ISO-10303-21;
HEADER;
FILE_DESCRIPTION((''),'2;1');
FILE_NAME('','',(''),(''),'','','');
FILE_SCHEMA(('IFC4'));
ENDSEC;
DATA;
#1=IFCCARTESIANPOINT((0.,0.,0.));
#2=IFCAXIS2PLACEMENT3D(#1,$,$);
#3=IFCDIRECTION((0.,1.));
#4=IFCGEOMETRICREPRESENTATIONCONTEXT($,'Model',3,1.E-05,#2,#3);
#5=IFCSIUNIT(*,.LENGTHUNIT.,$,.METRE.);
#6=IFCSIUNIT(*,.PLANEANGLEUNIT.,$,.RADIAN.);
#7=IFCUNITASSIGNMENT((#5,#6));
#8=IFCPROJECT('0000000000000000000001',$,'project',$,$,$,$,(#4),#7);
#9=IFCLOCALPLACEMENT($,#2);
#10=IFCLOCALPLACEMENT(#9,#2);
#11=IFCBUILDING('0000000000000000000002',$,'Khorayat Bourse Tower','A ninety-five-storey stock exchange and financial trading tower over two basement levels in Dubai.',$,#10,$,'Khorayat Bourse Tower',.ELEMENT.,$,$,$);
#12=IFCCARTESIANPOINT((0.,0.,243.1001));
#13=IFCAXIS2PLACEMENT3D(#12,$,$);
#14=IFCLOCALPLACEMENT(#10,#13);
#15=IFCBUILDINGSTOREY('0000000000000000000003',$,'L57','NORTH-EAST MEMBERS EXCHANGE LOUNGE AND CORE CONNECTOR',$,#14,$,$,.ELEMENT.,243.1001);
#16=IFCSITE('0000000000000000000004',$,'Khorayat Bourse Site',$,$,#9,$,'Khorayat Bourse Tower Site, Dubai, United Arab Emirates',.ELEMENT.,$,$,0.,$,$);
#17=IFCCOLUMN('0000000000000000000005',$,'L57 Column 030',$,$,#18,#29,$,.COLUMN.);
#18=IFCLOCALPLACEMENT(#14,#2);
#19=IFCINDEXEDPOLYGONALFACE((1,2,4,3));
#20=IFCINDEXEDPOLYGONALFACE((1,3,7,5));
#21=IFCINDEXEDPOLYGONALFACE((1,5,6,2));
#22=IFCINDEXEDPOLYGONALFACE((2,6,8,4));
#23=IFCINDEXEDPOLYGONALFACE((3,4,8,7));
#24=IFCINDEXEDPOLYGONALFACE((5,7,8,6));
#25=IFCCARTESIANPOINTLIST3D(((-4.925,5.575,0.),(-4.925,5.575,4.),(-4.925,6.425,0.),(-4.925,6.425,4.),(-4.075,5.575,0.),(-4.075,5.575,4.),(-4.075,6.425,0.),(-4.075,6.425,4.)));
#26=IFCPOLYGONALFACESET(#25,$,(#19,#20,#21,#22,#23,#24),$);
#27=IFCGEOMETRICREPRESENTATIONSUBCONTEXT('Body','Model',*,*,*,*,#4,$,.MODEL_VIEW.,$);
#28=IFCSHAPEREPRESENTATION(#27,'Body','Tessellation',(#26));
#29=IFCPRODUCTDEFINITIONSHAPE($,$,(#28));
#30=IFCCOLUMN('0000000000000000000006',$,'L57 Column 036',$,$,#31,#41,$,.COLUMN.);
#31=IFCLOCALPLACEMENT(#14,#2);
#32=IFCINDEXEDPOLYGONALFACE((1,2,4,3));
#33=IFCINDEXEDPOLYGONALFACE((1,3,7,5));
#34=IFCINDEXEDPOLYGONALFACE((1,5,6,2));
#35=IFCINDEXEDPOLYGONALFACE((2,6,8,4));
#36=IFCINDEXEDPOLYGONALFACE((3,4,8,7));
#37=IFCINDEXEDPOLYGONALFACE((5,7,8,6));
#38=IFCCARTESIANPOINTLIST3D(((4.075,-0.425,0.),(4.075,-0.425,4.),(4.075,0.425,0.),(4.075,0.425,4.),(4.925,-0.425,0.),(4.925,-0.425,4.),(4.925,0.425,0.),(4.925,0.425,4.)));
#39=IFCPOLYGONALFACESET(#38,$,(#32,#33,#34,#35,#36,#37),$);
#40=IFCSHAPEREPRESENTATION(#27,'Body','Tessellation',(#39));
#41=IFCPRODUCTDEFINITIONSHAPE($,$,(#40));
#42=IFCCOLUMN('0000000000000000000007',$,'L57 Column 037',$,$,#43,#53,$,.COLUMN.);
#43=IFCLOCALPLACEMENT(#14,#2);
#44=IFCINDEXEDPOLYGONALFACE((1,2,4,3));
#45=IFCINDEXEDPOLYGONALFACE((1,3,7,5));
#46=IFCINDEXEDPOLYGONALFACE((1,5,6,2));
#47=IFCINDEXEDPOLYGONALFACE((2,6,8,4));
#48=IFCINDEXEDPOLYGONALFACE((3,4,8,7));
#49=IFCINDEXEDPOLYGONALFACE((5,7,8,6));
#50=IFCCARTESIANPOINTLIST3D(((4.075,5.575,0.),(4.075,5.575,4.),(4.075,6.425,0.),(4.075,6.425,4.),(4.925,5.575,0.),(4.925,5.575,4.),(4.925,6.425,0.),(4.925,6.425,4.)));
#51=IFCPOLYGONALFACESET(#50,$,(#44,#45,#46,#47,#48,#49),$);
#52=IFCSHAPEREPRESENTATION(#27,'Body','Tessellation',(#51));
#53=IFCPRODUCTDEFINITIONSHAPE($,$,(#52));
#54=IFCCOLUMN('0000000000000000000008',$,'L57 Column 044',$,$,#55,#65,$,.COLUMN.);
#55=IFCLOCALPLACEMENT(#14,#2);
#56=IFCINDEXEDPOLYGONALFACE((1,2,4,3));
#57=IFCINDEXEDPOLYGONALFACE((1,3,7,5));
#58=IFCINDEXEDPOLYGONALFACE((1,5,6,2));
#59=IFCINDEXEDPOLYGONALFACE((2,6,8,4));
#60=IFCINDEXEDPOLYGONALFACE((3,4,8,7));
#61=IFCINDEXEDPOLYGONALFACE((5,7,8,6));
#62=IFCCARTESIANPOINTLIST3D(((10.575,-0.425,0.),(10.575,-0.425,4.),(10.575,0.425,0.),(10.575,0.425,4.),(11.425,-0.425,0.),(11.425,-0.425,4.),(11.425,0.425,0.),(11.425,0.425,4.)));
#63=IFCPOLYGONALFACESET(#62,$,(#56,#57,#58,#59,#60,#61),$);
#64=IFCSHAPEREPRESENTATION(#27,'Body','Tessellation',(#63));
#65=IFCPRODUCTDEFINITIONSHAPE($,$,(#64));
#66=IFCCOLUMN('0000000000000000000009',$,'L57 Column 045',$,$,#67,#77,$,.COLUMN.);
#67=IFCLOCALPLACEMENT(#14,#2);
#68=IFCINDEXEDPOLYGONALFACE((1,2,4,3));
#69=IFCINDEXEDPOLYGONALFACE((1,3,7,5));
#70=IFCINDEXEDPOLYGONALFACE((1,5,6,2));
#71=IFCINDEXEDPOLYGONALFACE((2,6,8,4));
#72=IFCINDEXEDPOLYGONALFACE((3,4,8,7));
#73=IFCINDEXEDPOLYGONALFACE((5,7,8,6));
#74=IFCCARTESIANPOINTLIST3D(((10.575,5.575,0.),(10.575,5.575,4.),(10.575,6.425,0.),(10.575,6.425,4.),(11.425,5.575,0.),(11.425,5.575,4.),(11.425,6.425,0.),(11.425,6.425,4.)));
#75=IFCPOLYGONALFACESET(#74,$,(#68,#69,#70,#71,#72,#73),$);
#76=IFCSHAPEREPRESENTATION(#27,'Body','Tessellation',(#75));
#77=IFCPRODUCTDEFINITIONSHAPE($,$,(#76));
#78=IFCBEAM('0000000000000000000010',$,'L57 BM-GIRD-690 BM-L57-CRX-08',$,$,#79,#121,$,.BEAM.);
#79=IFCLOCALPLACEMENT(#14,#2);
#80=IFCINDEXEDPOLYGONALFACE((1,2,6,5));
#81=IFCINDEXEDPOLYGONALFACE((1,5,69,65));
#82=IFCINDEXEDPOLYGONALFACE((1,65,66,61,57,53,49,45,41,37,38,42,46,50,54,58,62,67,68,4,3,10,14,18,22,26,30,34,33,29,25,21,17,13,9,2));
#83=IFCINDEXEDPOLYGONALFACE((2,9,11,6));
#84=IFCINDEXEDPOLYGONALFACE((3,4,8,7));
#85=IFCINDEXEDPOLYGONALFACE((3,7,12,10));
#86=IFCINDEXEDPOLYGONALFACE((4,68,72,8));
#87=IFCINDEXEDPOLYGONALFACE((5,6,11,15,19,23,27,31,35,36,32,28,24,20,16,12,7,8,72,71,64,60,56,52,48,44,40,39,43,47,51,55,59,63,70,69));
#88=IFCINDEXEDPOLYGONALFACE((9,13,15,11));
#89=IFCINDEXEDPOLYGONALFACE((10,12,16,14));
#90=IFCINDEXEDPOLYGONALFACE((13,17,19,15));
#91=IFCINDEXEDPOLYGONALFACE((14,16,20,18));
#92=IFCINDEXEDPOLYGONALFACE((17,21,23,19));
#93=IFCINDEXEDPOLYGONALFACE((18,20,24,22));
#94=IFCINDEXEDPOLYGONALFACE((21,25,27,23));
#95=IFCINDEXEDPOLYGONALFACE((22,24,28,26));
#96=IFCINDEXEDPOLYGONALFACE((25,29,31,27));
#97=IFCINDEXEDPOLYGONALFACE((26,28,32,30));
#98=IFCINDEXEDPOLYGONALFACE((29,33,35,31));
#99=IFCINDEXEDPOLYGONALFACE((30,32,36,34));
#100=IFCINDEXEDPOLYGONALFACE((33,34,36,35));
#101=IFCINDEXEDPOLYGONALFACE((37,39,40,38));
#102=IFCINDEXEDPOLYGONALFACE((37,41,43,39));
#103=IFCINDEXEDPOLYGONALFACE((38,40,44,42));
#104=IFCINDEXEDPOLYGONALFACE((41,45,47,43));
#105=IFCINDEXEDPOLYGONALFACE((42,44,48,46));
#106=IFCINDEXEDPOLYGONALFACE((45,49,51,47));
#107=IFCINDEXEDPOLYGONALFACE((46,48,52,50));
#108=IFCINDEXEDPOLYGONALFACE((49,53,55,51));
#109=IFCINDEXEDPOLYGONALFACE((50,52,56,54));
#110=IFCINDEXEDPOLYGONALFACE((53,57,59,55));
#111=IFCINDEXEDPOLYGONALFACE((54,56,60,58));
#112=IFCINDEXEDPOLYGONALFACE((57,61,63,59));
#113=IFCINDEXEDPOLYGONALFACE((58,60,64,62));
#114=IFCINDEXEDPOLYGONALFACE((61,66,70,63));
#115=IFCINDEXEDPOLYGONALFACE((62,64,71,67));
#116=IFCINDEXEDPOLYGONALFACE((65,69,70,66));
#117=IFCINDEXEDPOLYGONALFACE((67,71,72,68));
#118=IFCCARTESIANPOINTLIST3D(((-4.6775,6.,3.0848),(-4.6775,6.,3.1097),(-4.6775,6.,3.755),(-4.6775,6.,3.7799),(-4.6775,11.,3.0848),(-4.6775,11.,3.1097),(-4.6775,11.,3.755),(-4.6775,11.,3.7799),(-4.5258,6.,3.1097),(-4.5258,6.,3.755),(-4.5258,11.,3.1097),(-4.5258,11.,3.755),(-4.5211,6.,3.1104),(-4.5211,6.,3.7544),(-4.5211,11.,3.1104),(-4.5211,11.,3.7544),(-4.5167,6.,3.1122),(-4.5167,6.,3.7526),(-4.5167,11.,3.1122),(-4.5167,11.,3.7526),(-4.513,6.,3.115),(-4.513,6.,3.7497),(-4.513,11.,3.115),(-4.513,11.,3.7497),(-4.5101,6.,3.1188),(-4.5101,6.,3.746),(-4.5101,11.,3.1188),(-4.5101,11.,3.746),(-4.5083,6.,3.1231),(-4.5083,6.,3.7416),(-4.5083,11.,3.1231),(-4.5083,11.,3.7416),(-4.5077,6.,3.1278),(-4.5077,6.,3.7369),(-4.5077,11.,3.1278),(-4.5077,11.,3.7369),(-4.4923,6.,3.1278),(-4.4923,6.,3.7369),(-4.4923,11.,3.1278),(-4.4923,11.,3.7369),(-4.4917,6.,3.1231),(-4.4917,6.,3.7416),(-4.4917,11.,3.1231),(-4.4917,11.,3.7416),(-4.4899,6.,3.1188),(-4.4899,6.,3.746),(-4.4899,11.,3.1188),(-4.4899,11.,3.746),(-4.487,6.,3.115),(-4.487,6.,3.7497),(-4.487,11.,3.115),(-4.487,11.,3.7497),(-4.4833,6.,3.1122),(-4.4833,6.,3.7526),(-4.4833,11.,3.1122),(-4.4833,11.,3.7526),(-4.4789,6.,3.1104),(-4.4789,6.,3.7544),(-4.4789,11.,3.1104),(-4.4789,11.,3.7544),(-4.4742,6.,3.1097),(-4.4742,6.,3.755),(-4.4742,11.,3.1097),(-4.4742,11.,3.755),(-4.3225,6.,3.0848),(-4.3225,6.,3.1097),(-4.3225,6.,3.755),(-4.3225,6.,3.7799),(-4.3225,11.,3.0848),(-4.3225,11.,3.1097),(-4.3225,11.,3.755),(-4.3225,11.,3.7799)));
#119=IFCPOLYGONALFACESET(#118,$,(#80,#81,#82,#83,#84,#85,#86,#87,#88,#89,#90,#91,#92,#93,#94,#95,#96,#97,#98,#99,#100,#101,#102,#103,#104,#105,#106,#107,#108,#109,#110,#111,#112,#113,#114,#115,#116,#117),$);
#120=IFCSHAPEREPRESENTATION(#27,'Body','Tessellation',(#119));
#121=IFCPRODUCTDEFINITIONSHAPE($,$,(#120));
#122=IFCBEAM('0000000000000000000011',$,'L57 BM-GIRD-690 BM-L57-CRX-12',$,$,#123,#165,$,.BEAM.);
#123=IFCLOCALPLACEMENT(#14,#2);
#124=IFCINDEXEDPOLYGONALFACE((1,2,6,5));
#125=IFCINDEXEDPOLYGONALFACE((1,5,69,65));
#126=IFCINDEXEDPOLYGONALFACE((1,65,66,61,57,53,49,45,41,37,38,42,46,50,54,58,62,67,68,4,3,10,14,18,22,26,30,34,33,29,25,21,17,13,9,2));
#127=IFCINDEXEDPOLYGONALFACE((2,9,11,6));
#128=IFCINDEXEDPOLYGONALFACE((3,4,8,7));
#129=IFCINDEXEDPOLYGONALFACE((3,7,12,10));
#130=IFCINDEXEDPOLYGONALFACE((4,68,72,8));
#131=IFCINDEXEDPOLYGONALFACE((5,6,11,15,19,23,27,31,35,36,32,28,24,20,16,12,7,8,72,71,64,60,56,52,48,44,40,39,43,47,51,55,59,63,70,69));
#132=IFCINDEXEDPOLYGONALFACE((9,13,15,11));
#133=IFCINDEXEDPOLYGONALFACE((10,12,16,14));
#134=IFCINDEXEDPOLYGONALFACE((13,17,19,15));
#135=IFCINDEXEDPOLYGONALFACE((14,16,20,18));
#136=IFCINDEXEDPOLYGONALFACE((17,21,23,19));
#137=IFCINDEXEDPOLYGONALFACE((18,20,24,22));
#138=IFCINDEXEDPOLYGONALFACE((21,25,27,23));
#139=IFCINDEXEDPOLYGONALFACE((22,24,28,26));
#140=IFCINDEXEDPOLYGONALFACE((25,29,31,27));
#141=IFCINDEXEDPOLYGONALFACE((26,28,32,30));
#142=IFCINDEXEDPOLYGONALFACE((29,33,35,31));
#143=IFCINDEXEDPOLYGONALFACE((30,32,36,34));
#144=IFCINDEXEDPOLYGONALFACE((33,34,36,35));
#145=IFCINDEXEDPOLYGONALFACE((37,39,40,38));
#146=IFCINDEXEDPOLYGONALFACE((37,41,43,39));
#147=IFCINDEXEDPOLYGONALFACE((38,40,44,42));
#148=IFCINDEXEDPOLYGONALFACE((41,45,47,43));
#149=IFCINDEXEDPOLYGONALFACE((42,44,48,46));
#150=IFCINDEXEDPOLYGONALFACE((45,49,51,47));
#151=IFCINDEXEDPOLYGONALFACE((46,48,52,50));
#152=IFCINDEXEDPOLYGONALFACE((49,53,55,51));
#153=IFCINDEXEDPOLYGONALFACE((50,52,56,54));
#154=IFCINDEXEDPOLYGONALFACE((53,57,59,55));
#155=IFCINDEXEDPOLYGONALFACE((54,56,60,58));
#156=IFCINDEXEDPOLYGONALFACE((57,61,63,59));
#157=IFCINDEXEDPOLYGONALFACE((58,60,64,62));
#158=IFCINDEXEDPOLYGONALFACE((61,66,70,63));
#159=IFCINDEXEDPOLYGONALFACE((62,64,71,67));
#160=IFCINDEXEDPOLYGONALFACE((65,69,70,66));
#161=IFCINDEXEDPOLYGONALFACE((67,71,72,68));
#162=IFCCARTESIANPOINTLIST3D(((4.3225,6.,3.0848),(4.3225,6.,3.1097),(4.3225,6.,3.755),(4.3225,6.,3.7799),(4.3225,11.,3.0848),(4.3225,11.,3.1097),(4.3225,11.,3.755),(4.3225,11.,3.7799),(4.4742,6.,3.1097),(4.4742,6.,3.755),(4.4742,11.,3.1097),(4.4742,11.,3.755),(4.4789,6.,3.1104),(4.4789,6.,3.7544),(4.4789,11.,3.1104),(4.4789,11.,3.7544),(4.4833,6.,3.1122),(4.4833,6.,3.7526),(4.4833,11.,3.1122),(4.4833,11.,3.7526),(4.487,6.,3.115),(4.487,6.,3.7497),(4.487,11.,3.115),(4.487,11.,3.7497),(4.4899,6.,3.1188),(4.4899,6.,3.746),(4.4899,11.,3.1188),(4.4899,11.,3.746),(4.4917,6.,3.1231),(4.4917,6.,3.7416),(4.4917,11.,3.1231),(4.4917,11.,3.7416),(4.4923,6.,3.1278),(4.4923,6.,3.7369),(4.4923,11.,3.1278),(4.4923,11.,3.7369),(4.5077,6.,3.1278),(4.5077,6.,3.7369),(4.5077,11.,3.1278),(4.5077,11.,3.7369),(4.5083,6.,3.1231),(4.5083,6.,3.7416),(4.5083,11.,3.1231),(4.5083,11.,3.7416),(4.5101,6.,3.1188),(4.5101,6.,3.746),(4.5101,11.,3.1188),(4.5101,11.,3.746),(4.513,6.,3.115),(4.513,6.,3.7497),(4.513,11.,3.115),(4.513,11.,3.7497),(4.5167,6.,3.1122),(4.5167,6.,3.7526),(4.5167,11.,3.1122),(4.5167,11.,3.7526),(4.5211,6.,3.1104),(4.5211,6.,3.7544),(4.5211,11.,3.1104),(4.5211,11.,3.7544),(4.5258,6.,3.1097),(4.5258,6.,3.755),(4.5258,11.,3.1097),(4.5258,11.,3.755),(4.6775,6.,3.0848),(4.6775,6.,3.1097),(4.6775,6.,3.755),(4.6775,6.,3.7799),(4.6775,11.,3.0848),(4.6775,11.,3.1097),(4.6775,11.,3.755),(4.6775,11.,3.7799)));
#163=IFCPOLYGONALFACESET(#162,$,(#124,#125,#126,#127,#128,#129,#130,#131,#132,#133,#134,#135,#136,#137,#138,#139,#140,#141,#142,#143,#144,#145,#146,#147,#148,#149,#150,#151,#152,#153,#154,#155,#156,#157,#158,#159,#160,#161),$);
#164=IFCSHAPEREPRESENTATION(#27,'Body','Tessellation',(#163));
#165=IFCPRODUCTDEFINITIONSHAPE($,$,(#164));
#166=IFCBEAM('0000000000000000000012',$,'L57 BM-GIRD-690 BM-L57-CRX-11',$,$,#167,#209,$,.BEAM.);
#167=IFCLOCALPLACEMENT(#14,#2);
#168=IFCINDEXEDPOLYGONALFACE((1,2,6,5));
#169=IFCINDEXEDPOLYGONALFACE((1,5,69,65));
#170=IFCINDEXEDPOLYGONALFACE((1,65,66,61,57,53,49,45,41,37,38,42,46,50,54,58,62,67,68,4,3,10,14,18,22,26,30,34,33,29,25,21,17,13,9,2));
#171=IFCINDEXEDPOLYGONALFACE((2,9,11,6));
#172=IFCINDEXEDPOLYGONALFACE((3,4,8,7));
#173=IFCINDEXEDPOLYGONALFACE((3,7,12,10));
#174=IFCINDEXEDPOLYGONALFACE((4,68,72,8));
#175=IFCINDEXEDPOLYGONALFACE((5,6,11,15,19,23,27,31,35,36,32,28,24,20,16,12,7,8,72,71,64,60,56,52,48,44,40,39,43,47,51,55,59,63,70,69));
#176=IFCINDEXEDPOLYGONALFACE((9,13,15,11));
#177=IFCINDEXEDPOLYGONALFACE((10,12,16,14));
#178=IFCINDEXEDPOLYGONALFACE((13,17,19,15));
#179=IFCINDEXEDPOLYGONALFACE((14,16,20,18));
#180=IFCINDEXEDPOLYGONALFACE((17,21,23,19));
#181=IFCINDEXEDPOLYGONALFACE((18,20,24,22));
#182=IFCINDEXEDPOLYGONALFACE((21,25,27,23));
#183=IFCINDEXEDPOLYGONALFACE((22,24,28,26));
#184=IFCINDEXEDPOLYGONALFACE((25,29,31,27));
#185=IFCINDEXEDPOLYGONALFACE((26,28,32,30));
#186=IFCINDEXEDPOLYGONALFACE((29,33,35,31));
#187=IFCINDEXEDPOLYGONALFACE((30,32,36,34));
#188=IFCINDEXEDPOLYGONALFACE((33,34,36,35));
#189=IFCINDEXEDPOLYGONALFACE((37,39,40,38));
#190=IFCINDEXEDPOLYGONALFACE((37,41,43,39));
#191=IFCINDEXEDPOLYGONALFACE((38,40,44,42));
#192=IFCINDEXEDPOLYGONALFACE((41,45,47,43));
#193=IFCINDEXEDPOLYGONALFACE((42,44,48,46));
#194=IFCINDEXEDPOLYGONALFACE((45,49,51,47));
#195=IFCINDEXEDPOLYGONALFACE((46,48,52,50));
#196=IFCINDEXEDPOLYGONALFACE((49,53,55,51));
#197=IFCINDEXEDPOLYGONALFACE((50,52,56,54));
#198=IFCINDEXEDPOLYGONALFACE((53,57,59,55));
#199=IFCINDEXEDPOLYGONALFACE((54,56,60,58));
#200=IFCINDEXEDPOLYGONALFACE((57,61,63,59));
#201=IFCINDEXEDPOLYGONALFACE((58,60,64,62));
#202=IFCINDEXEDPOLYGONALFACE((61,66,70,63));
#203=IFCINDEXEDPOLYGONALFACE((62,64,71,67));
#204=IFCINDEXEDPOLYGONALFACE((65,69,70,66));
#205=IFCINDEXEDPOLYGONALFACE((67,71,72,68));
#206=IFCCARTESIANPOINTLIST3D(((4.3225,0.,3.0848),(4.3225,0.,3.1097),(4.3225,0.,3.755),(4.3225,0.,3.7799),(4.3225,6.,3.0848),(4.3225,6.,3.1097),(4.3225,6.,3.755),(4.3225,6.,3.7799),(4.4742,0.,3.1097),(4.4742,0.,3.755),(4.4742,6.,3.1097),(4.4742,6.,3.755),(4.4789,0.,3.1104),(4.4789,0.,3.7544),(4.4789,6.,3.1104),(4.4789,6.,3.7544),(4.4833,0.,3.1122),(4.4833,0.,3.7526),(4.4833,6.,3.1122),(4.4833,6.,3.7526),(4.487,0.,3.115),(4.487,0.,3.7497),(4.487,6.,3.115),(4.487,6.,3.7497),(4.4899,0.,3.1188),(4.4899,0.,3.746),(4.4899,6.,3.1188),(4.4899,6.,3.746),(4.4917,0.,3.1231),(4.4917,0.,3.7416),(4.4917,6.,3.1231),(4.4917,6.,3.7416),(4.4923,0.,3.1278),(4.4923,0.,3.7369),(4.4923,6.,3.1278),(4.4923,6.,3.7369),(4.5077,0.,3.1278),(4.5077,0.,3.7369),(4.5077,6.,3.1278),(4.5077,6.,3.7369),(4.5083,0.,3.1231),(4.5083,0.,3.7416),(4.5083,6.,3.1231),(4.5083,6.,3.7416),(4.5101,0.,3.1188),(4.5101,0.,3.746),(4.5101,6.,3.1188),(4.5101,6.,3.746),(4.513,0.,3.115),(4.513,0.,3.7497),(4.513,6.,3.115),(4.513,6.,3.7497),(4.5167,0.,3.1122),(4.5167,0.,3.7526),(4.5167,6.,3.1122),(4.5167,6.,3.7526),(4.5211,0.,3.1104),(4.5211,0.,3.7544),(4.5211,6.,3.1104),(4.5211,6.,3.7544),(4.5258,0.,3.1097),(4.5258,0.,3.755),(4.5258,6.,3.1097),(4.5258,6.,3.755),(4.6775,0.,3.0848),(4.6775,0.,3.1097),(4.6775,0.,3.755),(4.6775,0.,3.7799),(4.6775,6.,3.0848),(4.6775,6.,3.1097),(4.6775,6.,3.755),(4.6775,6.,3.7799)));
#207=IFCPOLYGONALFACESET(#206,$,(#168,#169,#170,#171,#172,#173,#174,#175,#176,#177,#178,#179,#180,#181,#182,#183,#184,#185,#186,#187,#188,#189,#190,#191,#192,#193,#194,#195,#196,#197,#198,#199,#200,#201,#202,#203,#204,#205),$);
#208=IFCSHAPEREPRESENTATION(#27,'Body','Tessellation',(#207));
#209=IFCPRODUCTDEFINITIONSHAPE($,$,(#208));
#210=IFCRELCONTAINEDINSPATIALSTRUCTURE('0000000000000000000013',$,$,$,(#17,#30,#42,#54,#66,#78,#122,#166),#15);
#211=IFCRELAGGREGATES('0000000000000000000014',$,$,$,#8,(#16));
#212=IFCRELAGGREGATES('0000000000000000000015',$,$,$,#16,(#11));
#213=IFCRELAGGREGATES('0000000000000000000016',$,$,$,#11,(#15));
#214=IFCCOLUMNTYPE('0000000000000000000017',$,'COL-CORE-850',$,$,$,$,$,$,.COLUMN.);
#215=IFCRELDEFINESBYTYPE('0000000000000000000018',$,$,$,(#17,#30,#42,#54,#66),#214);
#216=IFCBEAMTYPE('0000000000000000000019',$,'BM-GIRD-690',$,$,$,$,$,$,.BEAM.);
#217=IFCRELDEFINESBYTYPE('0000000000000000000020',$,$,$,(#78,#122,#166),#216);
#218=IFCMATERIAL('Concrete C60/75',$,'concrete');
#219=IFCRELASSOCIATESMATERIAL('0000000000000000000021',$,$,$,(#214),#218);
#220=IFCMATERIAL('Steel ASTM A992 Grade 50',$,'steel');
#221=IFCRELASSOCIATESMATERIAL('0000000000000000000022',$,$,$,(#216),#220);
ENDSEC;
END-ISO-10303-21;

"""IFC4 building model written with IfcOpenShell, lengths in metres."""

from ifc_helpers import new_model, si_unit, direction, frame, origin, origin_2d, place, context, subcontext, project, spatial, rectangle, i_section, extrude, source, transform, mapped, material, material_profile, profile_set, type_object, element, save


model = new_model("IFC4")

# Units and contexts
model_context = context("Model", 3, precision=1e-05, world=origin(), true_north=direction((0.0, 1.0)))
body_context = subcontext(model_context, "Body", "Model", "MODEL_VIEW")
ifc_project = project(units=[si_unit("LENGTHUNIT", "METRE"), si_unit("PLANEANGLEUNIT", "RADIAN")], contexts=[model_context])

# Site, building, storey
site_placement = place(None, origin())
site = spatial("IfcSite", under=ifc_project, at=site_placement, Name="Khorayat Bourse Site", LongName="Khorayat Bourse Tower Site, Dubai, United Arab Emirates", CompositionType="ELEMENT", RefElevation=0.0)
building_placement = place(site_placement, origin())
building = spatial("IfcBuilding", under=site, at=building_placement, Name="Khorayat Bourse Tower", Description="A ninety-five-storey stock exchange and financial trading tower over two basement levels in Dubai.", LongName="Khorayat Bourse Tower", CompositionType="ELEMENT")
storey_placement = place(building_placement, frame((0.0, 0.0, 243.1001)))
storey = spatial("IfcBuildingStorey", under=building, at=storey_placement, Name="L57", Description="NORTH-EAST MEMBERS EXCHANGE LOUNGE AND CORE CONNECTOR", CompositionType="ELEMENT", Elevation=243.1001)

# Columns
ifc_material_1 = material(Name="Concrete C60/75", Category="concrete")
ifc_material_profile_1 = material_profile(ifc_material_1, rectangle(XDim=0.8501, YDim=0.8501, at=origin_2d()), Name="RC 850x850")
ifc_profile_set_1 = profile_set([ifc_material_profile_1], Name="Concrete C60/75")
column_type = type_object("IfcColumnType", Name="COL-CORE-850", PredefinedType="COLUMN", material=ifc_profile_set_1)
shared_shape_1 = source(origin(), body_context, "Body", "SweptSolid", [
    extrude(rectangle(XDim=0.8501, YDim=0.8501, at=origin_2d()), origin(), (0.0, 0.0, 1.0), 4.0),
])
for number, where, z_axis, x_axis, name in (
    (1, (-4.5, 6.0, 0.0), (0.0, 0.0, 1.0), (1.0, 0.0, 0.0), "L57 Column 030"),
    (2, (4.5, 0.0, 0.0), (0.0, 0.0, 1.0), (1.0, 0.0, 0.0), "L57 Column 036"),
    (3, (4.5, 6.0, 0.0), (0.0, 0.0, 1.0), (1.0, 0.0, 0.0), "L57 Column 037"),
    (4, (11.0, 0.0, 0.0), (0.0, 0.0, 1.0), (1.0, 0.0, 0.0), "L57 Column 044"),
    (5, (11.0, 6.0, 0.0), (0.0, 0.0, 1.0), (1.0, 0.0, 0.0), "L57 Column 045"),
):
    element("IfcColumn", number, at=place(storey_placement, frame(where, z_axis=z_axis, x_axis=x_axis)), inside=storey, type_object=column_type, Name=name, PredefinedType="COLUMN", context=body_context, shape_type="MappedRepresentation", body=[
        mapped(shared_shape_1, transform((0.0, 0.0, 0.0), scale=1.0)),
    ])

# Beams
ifc_material_2 = material(Name="Steel ASTM A992 Grade 50", Category="steel")
ifc_material_profile_2 = material_profile(ifc_material_2, i_section(OverallWidth=0.355, OverallDepth=0.6951, WebThickness=0.0154, FlangeThickness=0.0249, FilletRadius=0.0181, at=origin_2d()), Name="W690X217")
ifc_profile_set_2 = profile_set([ifc_material_profile_2], Name="Steel ASTM A992 Grade 50")
beam_type_1 = type_object("IfcBeamType", Name="BM-GIRD-690", PredefinedType="BEAM", material=ifc_profile_set_2)
shared_shape_2 = source(origin(), body_context, "Body", "SweptSolid", [
    extrude(i_section(OverallWidth=0.355, OverallDepth=0.6951, WebThickness=0.0154, FlangeThickness=0.0249, FilletRadius=0.0181, at=origin_2d()), origin(), (0.0, 0.0, 1.0), 5.0),
])
for number, where, z_axis, x_axis, name in (
    (6, (-4.5, 6.0, 3.4324), (0.0, 1.0, 0.0), (-1.0, 0.0, 0.0), "L57 BM-GIRD-690 BM-L57-CRX-08"),
    (7, (4.5, 6.0, 3.4324), (0.0, 1.0, 0.0), (-1.0, 0.0, 0.0), "L57 BM-GIRD-690 BM-L57-CRX-12"),
):
    element("IfcBeam", number, at=place(storey_placement, frame(where, z_axis=z_axis, x_axis=x_axis)), inside=storey, type_object=beam_type_1, Name=name, PredefinedType="BEAM", context=body_context, shape_type="MappedRepresentation", body=[
        mapped(shared_shape_2, transform((0.0, 0.0, 0.0), scale=1.0)),
    ])
shared_shape_3 = source(origin(), body_context, "Body", "SweptSolid", [
    extrude(i_section(OverallWidth=0.355, OverallDepth=0.6951, WebThickness=0.0154, FlangeThickness=0.0249, FilletRadius=0.0181, at=origin_2d()), origin(), (0.0, 0.0, 1.0), 6.0),
])
beam_1_placement = place(storey_placement, frame((4.5, 0.0, 3.4324), z_axis=(0.0, 1.0, 0.0), x_axis=(-1.0, 0.0, 0.0)))
element("IfcBeam", 8, at=beam_1_placement, inside=storey, type_object=beam_type_1, Name="L57 BM-GIRD-690 BM-L57-CRX-11", PredefinedType="BEAM", context=body_context, shape_type="MappedRepresentation", body=[
    mapped(shared_shape_3, transform((0.0, 0.0, 0.0), scale=1.0)),
])

save(model, "model.ifc")
